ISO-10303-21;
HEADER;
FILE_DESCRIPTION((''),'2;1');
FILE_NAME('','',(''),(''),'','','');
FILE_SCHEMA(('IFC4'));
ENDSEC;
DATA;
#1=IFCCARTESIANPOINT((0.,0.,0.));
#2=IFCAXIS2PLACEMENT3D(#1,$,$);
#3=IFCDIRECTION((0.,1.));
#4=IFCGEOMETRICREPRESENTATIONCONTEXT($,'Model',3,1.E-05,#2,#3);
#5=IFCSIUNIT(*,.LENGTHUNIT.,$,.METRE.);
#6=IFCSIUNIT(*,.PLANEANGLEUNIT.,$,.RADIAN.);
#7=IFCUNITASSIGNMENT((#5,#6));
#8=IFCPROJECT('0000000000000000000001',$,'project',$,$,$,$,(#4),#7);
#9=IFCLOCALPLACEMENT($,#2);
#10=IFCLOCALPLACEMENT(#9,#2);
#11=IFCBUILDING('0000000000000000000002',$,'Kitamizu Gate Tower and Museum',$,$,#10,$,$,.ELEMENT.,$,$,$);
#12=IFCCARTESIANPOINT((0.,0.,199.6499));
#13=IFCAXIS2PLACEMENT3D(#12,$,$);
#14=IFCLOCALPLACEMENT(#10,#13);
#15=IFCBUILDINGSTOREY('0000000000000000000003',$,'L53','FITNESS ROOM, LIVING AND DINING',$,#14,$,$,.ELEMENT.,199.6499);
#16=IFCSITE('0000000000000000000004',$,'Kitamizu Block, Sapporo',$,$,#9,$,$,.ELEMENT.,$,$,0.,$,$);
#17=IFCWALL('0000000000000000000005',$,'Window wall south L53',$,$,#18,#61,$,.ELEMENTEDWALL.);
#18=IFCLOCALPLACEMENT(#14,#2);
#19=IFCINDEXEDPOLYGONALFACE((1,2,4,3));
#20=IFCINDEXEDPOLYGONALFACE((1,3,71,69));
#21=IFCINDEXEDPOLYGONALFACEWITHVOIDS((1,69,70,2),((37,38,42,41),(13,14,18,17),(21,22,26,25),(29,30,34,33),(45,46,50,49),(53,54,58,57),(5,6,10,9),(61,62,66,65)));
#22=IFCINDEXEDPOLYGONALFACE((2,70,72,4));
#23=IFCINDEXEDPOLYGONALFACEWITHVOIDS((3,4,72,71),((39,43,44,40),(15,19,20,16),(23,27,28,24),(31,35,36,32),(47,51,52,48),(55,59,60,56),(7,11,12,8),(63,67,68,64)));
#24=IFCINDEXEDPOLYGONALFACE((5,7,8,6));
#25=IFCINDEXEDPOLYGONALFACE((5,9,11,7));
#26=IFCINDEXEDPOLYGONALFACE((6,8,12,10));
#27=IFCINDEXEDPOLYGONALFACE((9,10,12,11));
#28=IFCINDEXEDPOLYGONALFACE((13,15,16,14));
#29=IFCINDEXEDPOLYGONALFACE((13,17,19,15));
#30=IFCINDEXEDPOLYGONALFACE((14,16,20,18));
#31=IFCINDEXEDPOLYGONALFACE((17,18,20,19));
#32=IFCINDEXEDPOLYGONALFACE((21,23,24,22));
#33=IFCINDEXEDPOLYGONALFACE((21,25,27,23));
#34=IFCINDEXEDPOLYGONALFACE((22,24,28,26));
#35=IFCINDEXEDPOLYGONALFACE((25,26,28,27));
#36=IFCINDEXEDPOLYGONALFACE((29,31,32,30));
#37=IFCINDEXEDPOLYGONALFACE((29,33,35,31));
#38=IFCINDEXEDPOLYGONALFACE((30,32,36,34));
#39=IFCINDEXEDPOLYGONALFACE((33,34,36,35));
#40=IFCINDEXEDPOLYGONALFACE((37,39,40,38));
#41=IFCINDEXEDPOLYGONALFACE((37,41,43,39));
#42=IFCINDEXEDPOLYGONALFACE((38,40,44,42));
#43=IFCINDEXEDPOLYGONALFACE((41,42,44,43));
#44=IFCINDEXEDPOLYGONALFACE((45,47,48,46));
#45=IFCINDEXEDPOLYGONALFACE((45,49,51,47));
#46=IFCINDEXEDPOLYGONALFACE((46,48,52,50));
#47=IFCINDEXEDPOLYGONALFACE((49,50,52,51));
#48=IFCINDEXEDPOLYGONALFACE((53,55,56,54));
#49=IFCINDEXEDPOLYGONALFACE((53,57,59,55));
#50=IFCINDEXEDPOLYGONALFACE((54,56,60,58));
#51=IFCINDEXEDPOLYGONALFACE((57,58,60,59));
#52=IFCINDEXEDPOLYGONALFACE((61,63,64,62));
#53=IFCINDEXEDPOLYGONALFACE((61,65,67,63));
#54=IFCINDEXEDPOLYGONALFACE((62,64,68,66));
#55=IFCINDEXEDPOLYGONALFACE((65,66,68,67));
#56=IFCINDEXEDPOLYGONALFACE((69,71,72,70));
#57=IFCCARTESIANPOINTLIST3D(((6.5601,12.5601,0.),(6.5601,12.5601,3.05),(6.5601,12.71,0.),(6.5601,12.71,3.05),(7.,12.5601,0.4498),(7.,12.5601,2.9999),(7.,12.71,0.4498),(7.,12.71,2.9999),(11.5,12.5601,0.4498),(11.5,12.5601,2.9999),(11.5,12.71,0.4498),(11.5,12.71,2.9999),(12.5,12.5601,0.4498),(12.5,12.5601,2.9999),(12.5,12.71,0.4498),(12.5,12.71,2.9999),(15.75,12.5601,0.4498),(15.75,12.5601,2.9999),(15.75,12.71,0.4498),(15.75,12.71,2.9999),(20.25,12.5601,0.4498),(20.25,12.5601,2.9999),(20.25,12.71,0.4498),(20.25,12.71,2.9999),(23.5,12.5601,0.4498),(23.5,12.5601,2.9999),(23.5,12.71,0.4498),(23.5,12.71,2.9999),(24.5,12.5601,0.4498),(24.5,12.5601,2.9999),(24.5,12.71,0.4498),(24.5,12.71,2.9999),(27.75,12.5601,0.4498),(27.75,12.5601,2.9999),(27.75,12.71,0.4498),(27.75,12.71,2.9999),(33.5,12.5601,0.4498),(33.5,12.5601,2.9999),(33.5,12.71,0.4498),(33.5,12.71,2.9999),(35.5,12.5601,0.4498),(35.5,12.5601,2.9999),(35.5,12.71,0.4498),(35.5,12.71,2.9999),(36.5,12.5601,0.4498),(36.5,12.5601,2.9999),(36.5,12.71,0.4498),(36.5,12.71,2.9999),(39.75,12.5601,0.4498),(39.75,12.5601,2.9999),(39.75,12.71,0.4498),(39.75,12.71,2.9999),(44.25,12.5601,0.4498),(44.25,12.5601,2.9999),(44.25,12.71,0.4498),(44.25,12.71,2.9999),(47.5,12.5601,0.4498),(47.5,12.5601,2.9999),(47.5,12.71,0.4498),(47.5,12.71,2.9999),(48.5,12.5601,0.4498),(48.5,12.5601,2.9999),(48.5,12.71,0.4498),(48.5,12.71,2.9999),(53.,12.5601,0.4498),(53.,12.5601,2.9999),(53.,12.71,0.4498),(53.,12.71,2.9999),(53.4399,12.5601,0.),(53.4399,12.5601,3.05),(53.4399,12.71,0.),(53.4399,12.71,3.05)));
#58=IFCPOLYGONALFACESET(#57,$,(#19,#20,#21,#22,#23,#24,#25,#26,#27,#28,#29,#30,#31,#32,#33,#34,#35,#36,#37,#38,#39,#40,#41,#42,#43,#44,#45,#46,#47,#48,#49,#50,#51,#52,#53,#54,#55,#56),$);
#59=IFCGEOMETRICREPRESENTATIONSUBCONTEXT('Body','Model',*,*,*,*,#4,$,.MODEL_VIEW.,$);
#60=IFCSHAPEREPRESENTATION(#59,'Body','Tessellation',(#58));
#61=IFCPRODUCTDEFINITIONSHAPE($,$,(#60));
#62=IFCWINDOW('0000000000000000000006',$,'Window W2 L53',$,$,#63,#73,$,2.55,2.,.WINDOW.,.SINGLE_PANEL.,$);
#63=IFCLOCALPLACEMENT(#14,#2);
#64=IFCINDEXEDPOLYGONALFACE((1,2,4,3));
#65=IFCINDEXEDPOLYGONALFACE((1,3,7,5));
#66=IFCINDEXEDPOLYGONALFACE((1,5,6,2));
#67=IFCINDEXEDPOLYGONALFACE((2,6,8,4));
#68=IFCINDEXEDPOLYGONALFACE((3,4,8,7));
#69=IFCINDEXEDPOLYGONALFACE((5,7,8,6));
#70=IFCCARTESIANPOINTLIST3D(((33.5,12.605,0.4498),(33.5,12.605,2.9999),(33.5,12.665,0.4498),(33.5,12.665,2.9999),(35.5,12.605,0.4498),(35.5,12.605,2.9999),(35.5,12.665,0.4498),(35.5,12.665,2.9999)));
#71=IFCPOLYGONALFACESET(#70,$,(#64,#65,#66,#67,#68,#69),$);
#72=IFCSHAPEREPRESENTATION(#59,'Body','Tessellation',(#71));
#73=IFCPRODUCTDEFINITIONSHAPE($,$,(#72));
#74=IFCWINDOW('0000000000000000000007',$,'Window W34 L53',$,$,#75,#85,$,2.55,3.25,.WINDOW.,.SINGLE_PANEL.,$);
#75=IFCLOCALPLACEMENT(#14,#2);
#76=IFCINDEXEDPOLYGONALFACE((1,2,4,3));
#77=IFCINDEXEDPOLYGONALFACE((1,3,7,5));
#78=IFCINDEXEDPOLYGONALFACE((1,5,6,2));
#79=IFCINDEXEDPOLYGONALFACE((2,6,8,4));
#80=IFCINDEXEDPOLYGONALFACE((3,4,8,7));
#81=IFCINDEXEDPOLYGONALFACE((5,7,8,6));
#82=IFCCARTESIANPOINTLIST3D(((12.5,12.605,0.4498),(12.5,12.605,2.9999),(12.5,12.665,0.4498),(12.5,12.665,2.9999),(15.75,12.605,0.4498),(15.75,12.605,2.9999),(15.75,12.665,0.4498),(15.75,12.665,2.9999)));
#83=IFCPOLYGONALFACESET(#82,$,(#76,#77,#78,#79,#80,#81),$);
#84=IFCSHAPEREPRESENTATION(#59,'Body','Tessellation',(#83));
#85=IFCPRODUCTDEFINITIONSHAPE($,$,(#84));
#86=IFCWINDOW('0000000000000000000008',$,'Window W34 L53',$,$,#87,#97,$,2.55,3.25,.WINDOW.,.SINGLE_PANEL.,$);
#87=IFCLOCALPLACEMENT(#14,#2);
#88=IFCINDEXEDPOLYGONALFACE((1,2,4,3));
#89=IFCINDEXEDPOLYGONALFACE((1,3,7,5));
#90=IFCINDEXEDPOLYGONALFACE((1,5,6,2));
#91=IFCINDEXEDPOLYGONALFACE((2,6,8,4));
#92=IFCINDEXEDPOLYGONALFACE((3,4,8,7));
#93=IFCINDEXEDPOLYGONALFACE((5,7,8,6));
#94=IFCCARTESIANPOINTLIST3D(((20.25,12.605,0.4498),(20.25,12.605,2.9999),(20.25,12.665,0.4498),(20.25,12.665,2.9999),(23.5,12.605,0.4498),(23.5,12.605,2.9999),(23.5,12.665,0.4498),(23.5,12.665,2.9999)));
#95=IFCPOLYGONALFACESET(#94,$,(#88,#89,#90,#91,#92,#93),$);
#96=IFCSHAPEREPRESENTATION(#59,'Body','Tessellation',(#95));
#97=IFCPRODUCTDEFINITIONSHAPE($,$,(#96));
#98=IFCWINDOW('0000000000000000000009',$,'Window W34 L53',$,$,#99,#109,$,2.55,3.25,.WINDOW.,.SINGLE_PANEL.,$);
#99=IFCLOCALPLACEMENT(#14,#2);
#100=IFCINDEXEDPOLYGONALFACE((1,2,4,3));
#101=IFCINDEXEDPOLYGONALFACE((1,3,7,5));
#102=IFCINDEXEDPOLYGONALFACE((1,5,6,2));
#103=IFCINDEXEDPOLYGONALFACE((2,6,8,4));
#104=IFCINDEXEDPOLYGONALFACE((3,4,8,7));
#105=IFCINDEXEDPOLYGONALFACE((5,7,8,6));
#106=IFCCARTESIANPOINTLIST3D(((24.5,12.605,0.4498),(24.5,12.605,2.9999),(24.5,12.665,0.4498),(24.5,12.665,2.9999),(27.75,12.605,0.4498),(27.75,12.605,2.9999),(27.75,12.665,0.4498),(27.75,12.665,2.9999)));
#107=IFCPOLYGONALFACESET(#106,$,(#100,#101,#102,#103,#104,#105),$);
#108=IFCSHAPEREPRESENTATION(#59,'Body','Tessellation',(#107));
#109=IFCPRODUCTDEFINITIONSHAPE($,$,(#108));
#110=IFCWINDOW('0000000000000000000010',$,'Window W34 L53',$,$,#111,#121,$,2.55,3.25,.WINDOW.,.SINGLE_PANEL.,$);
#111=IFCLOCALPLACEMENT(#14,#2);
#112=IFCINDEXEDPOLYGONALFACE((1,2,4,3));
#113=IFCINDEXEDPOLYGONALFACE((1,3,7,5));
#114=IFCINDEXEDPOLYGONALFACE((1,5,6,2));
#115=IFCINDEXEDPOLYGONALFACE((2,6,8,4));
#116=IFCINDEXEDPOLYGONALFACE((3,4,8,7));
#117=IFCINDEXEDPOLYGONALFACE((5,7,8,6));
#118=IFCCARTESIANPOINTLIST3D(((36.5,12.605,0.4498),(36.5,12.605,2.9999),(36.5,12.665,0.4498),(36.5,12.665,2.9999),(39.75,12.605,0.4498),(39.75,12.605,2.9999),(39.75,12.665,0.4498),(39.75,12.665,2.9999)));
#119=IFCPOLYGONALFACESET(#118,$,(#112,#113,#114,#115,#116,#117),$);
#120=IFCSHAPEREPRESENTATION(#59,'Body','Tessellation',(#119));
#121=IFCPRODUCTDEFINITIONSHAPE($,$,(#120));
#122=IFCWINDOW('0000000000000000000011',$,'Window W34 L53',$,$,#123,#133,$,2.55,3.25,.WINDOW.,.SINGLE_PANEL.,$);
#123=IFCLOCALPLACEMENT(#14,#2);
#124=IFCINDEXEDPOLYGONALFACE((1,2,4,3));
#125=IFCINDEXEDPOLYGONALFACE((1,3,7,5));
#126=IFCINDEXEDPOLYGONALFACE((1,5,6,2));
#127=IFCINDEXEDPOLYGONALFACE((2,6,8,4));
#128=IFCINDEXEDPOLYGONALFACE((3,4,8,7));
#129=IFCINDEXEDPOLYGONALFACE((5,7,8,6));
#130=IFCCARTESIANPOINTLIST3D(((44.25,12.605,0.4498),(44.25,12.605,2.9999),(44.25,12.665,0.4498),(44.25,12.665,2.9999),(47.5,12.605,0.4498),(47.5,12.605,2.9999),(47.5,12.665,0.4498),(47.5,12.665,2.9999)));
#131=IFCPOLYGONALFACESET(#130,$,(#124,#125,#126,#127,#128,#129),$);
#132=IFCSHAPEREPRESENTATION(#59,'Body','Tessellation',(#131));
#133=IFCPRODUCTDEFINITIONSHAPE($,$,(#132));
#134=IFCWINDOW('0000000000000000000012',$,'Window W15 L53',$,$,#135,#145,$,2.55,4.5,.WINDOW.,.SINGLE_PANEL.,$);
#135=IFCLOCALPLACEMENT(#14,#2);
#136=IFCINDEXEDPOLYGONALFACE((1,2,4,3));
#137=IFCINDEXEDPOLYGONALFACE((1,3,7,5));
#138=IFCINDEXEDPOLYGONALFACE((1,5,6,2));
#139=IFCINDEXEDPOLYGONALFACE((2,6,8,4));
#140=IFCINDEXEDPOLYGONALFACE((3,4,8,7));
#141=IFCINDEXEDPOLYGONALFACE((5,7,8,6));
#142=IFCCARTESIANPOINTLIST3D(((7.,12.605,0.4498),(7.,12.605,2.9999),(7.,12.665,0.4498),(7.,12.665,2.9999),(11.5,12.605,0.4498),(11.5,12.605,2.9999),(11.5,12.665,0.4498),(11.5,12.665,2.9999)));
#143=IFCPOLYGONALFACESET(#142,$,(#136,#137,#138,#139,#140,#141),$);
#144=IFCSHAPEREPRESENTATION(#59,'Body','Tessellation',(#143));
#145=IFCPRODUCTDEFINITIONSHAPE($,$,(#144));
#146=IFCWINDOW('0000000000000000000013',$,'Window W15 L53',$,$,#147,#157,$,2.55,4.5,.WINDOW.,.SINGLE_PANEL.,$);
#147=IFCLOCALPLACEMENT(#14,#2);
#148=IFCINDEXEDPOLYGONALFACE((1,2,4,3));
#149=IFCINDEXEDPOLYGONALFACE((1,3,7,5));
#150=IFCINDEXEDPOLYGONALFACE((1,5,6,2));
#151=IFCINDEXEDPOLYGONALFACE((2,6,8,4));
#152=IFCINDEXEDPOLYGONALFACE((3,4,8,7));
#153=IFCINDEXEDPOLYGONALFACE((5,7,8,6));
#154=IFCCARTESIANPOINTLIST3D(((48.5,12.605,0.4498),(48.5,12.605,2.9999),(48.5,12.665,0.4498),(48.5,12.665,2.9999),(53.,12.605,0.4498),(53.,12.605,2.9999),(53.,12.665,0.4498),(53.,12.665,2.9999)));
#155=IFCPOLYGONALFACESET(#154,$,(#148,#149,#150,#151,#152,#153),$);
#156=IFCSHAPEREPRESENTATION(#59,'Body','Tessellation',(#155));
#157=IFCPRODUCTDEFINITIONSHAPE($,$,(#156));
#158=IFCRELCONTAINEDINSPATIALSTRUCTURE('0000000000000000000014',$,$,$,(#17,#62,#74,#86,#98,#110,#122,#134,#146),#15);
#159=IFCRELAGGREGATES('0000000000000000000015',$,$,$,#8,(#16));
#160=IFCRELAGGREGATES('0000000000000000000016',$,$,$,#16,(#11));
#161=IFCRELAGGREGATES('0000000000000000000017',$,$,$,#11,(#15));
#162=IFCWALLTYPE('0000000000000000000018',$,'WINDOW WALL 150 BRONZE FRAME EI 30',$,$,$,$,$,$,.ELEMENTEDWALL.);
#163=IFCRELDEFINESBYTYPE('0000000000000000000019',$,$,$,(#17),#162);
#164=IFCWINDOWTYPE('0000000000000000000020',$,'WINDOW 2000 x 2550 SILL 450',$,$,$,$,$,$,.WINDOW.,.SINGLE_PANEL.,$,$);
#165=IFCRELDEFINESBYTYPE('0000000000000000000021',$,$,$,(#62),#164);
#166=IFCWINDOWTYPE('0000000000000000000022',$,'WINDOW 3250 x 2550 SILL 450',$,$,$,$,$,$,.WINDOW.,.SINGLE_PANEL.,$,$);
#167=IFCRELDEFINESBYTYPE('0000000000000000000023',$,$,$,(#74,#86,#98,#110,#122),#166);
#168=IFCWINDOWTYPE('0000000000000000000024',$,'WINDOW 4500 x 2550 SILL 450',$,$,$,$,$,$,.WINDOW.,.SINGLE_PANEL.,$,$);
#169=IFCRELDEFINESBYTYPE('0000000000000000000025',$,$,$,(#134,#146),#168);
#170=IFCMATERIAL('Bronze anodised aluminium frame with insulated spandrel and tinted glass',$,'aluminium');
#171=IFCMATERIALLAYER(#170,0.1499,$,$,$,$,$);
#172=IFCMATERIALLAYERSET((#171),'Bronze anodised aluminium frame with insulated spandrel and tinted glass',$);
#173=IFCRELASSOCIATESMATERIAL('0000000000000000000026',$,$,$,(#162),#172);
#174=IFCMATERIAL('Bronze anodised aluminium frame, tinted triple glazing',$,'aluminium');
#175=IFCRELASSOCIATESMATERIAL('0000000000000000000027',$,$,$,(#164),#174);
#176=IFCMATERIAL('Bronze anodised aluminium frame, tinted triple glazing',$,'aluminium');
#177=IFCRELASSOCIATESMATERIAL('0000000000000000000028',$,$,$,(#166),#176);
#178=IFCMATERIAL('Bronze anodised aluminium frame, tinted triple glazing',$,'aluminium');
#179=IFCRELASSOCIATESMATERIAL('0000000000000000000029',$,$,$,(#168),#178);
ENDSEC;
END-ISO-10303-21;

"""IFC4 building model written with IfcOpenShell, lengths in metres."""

from ifc_helpers import new_model, si_unit, direction, frame, frame_2d, origin, place, context, subcontext, project, spatial, rectangle, extrude, material, layer, layer_set, type_object, element, fill, save


model = new_model("IFC4")

# Units and contexts
model_context = context("Model", 3, precision=1e-05, world=origin(), true_north=direction((0.0, 1.0)))
body_context = subcontext(model_context, "Body", "Model", "MODEL_VIEW")
ifc_project = project(units=[si_unit("LENGTHUNIT", "METRE"), si_unit("PLANEANGLEUNIT", "RADIAN")], contexts=[model_context])

# Site, building, storey
site_placement = place(None, origin())
site = spatial("IfcSite", under=ifc_project, at=site_placement, Name="Kitamizu Block, Sapporo", CompositionType="ELEMENT", RefElevation=0.0)
building_placement = place(site_placement, origin())
building = spatial("IfcBuilding", under=site, at=building_placement, Name="Kitamizu Gate Tower and Museum", CompositionType="ELEMENT")
storey_placement = place(building_placement, frame((0.0, 0.0, 199.6499)))
storey = spatial("IfcBuildingStorey", under=building, at=storey_placement, Name="L53", Description="FITNESS ROOM, LIVING AND DINING", CompositionType="ELEMENT", Elevation=199.6499)

# Wall, openings, windows
ifc_material_1 = material(Name="Bronze anodised aluminium frame with insulated spandrel and tinted glass", Category="aluminium")
ifc_layer_1 = layer(ifc_material_1, 0.1499)
ifc_layer_set_1 = layer_set([ifc_layer_1], Name="Bronze anodised aluminium frame with insulated spandrel and tinted glass")
wall_type = type_object("IfcWallType", Name="WINDOW WALL 150 BRONZE FRAME EI 30", PredefinedType="ELEMENTEDWALL", material=ifc_layer_set_1)
wall_1_placement = place(storey_placement, frame((6.5601, 12.635, 0.0), z_axis=(0.0, 0.0, 1.0), x_axis=(1.0, 0.0, 0.0)))
wall_1 = element("IfcWall", 1, at=wall_1_placement, inside=storey, type_object=wall_type, Name="Window wall south L53", PredefinedType="ELEMENTEDWALL", context=body_context, shape_type="SweptSolid", body=[
    extrude(rectangle(XDim=46.8799, YDim=0.1499, at=frame_2d((23.4399, 0.0))), origin(), (0.0, 0.0, 1.0), 3.05),
])
opening_1_placement = place(wall_1_placement, frame((0.4399, 0.0, 0.45)))
opening_1 = element("IfcOpeningElement", 2, at=opening_1_placement, cuts=wall_1, PredefinedType="OPENING", context=body_context, shape_type="SweptSolid", body=[
    extrude(rectangle(XDim=4.5, YDim=2.55, at=frame_2d((2.25, 1.2749))), frame((0.0, 0.085, 0.0), z_axis=(0.0, -1.0, 0.0), x_axis=(1.0, 0.0, 0.0)), (0.0, 0.0, 1.0), 0.1699),
])
opening_2_placement = place(wall_1_placement, frame((5.9399, 0.0, 0.45)))
opening_2 = element("IfcOpeningElement", 3, at=opening_2_placement, cuts=wall_1, PredefinedType="OPENING", context=body_context, shape_type="SweptSolid", body=[
    extrude(rectangle(XDim=3.25, YDim=2.55, at=frame_2d((1.625, 1.2749))), frame((0.0, 0.085, 0.0), z_axis=(0.0, -1.0, 0.0), x_axis=(1.0, 0.0, 0.0)), (0.0, 0.0, 1.0), 0.1699),
])
opening_3_placement = place(wall_1_placement, frame((13.6899, 0.0, 0.45)))
opening_3 = element("IfcOpeningElement", 4, at=opening_3_placement, cuts=wall_1, PredefinedType="OPENING", context=body_context, shape_type="SweptSolid", body=[
    extrude(rectangle(XDim=3.25, YDim=2.55, at=frame_2d((1.625, 1.2749))), frame((0.0, 0.085, 0.0), z_axis=(0.0, -1.0, 0.0), x_axis=(1.0, 0.0, 0.0)), (0.0, 0.0, 1.0), 0.1699),
])
opening_4_placement = place(wall_1_placement, frame((17.9399, 0.0, 0.45)))
opening_4 = element("IfcOpeningElement", 5, at=opening_4_placement, cuts=wall_1, PredefinedType="OPENING", context=body_context, shape_type="SweptSolid", body=[
    extrude(rectangle(XDim=3.25, YDim=2.55, at=frame_2d((1.625, 1.2749))), frame((0.0, 0.085, 0.0), z_axis=(0.0, -1.0, 0.0), x_axis=(1.0, 0.0, 0.0)), (0.0, 0.0, 1.0), 0.1699),
])
opening_5_placement = place(wall_1_placement, frame((26.9399, 0.0, 0.45)))
opening_5 = element("IfcOpeningElement", 6, at=opening_5_placement, cuts=wall_1, PredefinedType="OPENING", context=body_context, shape_type="SweptSolid", body=[
    extrude(rectangle(XDim=2.0, YDim=2.55, at=frame_2d((1.0, 1.2749))), frame((0.0, 0.085, 0.0), z_axis=(0.0, -1.0, 0.0), x_axis=(1.0, 0.0, 0.0)), (0.0, 0.0, 1.0), 0.1699),
])
opening_6_placement = place(wall_1_placement, frame((29.9399, 0.0, 0.45)))
opening_6 = element("IfcOpeningElement", 7, at=opening_6_placement, cuts=wall_1, PredefinedType="OPENING", context=body_context, shape_type="SweptSolid", body=[
    extrude(rectangle(XDim=3.25, YDim=2.55, at=frame_2d((1.625, 1.2749))), frame((0.0, 0.085, 0.0), z_axis=(0.0, -1.0, 0.0), x_axis=(1.0, 0.0, 0.0)), (0.0, 0.0, 1.0), 0.1699),
])
opening_7_placement = place(wall_1_placement, frame((37.6899, 0.0, 0.45)))
opening_7 = element("IfcOpeningElement", 8, at=opening_7_placement, cuts=wall_1, PredefinedType="OPENING", context=body_context, shape_type="SweptSolid", body=[
    extrude(rectangle(XDim=3.25, YDim=2.55, at=frame_2d((1.625, 1.2749))), frame((0.0, 0.085, 0.0), z_axis=(0.0, -1.0, 0.0), x_axis=(1.0, 0.0, 0.0)), (0.0, 0.0, 1.0), 0.1699),
])
opening_8_placement = place(wall_1_placement, frame((41.9399, 0.0, 0.45)))
opening_8 = element("IfcOpeningElement", 9, at=opening_8_placement, cuts=wall_1, PredefinedType="OPENING", context=body_context, shape_type="SweptSolid", body=[
    extrude(rectangle(XDim=4.5, YDim=2.55, at=frame_2d((2.25, 1.2749))), frame((0.0, 0.085, 0.0), z_axis=(0.0, -1.0, 0.0), x_axis=(1.0, 0.0, 0.0)), (0.0, 0.0, 1.0), 0.1699),
])
ifc_material_2 = material(Name="Bronze anodised aluminium frame, tinted triple glazing", Category="aluminium")
window_type_1 = type_object("IfcWindowType", Name="WINDOW 2000 x 2550 SILL 450", PartitioningType="SINGLE_PANEL", PredefinedType="WINDOW", material=ifc_material_2)
window_1_placement = place(opening_5_placement, origin())
window_1 = element("IfcWindow", 10, at=window_1_placement, inside=storey, type_object=window_type_1, Name="Window W2 L53", OverallHeight=2.55, OverallWidth=2.0, PartitioningType="SINGLE_PANEL", PredefinedType="WINDOW", context=body_context, shape_type="SweptSolid", body=[
    extrude(rectangle(XDim=2.0, YDim=2.55, at=frame_2d((1.0, 1.2749))), frame((0.0, 0.03, 0.0), z_axis=(0.0, -1.0, 0.0), x_axis=(1.0, 0.0, 0.0)), (0.0, 0.0, 1.0), 0.0601),
])
fill(opening_5, window_1)
ifc_material_3 = material(Name="Bronze anodised aluminium frame, tinted triple glazing", Category="aluminium")
window_type_2 = type_object("IfcWindowType", Name="WINDOW 3250 x 2550 SILL 450", PartitioningType="SINGLE_PANEL", PredefinedType="WINDOW", material=ifc_material_3)
window_2_placement = place(opening_2_placement, origin())
window_2 = element("IfcWindow", 11, at=window_2_placement, inside=storey, type_object=window_type_2, Name="Window W34 L53", OverallHeight=2.55, OverallWidth=3.25, PartitioningType="SINGLE_PANEL", PredefinedType="WINDOW", context=body_context, shape_type="SweptSolid", body=[
    extrude(rectangle(XDim=3.25, YDim=2.55, at=frame_2d((1.625, 1.2749))), frame((0.0, 0.03, 0.0), z_axis=(0.0, -1.0, 0.0), x_axis=(1.0, 0.0, 0.0)), (0.0, 0.0, 1.0), 0.0601),
])
fill(opening_2, window_2)
window_3_placement = place(opening_3_placement, origin())
window_3 = element("IfcWindow", 12, at=window_3_placement, inside=storey, type_object=window_type_2, Name="Window W34 L53", OverallHeight=2.55, OverallWidth=3.25, PartitioningType="SINGLE_PANEL", PredefinedType="WINDOW", context=body_context, shape_type="SweptSolid", body=[
    extrude(rectangle(XDim=3.25, YDim=2.55, at=frame_2d((1.625, 1.2749))), frame((0.0, 0.03, 0.0), z_axis=(0.0, -1.0, 0.0), x_axis=(1.0, 0.0, 0.0)), (0.0, 0.0, 1.0), 0.0601),
])
fill(opening_3, window_3)
window_4_placement = place(opening_4_placement, origin())
window_4 = element("IfcWindow", 13, at=window_4_placement, inside=storey, type_object=window_type_2, Name="Window W34 L53", OverallHeight=2.55, OverallWidth=3.25, PartitioningType="SINGLE_PANEL", PredefinedType="WINDOW", context=body_context, shape_type="SweptSolid", body=[
    extrude(rectangle(XDim=3.25, YDim=2.55, at=frame_2d((1.625, 1.2749))), frame((0.0, 0.03, 0.0), z_axis=(0.0, -1.0, 0.0), x_axis=(1.0, 0.0, 0.0)), (0.0, 0.0, 1.0), 0.0601),
])
fill(opening_4, window_4)
window_5_placement = place(opening_6_placement, origin())
window_5 = element("IfcWindow", 14, at=window_5_placement, inside=storey, type_object=window_type_2, Name="Window W34 L53", OverallHeight=2.55, OverallWidth=3.25, PartitioningType="SINGLE_PANEL", PredefinedType="WINDOW", context=body_context, shape_type="SweptSolid", body=[
    extrude(rectangle(XDim=3.25, YDim=2.55, at=frame_2d((1.625, 1.2749))), frame((0.0, 0.03, 0.0), z_axis=(0.0, -1.0, 0.0), x_axis=(1.0, 0.0, 0.0)), (0.0, 0.0, 1.0), 0.0601),
])
fill(opening_6, window_5)
window_6_placement = place(opening_7_placement, origin())
window_6 = element("IfcWindow", 15, at=window_6_placement, inside=storey, type_object=window_type_2, Name="Window W34 L53", OverallHeight=2.55, OverallWidth=3.25, PartitioningType="SINGLE_PANEL", PredefinedType="WINDOW", context=body_context, shape_type="SweptSolid", body=[
    extrude(rectangle(XDim=3.25, YDim=2.55, at=frame_2d((1.625, 1.2749))), frame((0.0, 0.03, 0.0), z_axis=(0.0, -1.0, 0.0), x_axis=(1.0, 0.0, 0.0)), (0.0, 0.0, 1.0), 0.0601),
])
fill(opening_7, window_6)
ifc_material_4 = material(Name="Bronze anodised aluminium frame, tinted triple glazing", Category="aluminium")
window_type_3 = type_object("IfcWindowType", Name="WINDOW 4500 x 2550 SILL 450", PartitioningType="SINGLE_PANEL", PredefinedType="WINDOW", material=ifc_material_4)
window_7_placement = place(opening_1_placement, origin())
window_7 = element("IfcWindow", 16, at=window_7_placement, inside=storey, type_object=window_type_3, Name="Window W15 L53", OverallHeight=2.55, OverallWidth=4.5, PartitioningType="SINGLE_PANEL", PredefinedType="WINDOW", context=body_context, shape_type="SweptSolid", body=[
    extrude(rectangle(XDim=4.5, YDim=2.55, at=frame_2d((2.25, 1.2749))), frame((0.0, 0.03, 0.0), z_axis=(0.0, -1.0, 0.0), x_axis=(1.0, 0.0, 0.0)), (0.0, 0.0, 1.0), 0.0601),
])
fill(opening_1, window_7)
window_8_placement = place(opening_8_placement, origin())
window_8 = element("IfcWindow", 17, at=window_8_placement, inside=storey, type_object=window_type_3, Name="Window W15 L53", OverallHeight=2.55, OverallWidth=4.5, PartitioningType="SINGLE_PANEL", PredefinedType="WINDOW", context=body_context, shape_type="SweptSolid", body=[
    extrude(rectangle(XDim=4.5, YDim=2.55, at=frame_2d((2.25, 1.2749))), frame((0.0, 0.03, 0.0), z_axis=(0.0, -1.0, 0.0), x_axis=(1.0, 0.0, 0.0)), (0.0, 0.0, 1.0), 0.0601),
])
fill(opening_8, window_8)

save(model, "model.ifc")
